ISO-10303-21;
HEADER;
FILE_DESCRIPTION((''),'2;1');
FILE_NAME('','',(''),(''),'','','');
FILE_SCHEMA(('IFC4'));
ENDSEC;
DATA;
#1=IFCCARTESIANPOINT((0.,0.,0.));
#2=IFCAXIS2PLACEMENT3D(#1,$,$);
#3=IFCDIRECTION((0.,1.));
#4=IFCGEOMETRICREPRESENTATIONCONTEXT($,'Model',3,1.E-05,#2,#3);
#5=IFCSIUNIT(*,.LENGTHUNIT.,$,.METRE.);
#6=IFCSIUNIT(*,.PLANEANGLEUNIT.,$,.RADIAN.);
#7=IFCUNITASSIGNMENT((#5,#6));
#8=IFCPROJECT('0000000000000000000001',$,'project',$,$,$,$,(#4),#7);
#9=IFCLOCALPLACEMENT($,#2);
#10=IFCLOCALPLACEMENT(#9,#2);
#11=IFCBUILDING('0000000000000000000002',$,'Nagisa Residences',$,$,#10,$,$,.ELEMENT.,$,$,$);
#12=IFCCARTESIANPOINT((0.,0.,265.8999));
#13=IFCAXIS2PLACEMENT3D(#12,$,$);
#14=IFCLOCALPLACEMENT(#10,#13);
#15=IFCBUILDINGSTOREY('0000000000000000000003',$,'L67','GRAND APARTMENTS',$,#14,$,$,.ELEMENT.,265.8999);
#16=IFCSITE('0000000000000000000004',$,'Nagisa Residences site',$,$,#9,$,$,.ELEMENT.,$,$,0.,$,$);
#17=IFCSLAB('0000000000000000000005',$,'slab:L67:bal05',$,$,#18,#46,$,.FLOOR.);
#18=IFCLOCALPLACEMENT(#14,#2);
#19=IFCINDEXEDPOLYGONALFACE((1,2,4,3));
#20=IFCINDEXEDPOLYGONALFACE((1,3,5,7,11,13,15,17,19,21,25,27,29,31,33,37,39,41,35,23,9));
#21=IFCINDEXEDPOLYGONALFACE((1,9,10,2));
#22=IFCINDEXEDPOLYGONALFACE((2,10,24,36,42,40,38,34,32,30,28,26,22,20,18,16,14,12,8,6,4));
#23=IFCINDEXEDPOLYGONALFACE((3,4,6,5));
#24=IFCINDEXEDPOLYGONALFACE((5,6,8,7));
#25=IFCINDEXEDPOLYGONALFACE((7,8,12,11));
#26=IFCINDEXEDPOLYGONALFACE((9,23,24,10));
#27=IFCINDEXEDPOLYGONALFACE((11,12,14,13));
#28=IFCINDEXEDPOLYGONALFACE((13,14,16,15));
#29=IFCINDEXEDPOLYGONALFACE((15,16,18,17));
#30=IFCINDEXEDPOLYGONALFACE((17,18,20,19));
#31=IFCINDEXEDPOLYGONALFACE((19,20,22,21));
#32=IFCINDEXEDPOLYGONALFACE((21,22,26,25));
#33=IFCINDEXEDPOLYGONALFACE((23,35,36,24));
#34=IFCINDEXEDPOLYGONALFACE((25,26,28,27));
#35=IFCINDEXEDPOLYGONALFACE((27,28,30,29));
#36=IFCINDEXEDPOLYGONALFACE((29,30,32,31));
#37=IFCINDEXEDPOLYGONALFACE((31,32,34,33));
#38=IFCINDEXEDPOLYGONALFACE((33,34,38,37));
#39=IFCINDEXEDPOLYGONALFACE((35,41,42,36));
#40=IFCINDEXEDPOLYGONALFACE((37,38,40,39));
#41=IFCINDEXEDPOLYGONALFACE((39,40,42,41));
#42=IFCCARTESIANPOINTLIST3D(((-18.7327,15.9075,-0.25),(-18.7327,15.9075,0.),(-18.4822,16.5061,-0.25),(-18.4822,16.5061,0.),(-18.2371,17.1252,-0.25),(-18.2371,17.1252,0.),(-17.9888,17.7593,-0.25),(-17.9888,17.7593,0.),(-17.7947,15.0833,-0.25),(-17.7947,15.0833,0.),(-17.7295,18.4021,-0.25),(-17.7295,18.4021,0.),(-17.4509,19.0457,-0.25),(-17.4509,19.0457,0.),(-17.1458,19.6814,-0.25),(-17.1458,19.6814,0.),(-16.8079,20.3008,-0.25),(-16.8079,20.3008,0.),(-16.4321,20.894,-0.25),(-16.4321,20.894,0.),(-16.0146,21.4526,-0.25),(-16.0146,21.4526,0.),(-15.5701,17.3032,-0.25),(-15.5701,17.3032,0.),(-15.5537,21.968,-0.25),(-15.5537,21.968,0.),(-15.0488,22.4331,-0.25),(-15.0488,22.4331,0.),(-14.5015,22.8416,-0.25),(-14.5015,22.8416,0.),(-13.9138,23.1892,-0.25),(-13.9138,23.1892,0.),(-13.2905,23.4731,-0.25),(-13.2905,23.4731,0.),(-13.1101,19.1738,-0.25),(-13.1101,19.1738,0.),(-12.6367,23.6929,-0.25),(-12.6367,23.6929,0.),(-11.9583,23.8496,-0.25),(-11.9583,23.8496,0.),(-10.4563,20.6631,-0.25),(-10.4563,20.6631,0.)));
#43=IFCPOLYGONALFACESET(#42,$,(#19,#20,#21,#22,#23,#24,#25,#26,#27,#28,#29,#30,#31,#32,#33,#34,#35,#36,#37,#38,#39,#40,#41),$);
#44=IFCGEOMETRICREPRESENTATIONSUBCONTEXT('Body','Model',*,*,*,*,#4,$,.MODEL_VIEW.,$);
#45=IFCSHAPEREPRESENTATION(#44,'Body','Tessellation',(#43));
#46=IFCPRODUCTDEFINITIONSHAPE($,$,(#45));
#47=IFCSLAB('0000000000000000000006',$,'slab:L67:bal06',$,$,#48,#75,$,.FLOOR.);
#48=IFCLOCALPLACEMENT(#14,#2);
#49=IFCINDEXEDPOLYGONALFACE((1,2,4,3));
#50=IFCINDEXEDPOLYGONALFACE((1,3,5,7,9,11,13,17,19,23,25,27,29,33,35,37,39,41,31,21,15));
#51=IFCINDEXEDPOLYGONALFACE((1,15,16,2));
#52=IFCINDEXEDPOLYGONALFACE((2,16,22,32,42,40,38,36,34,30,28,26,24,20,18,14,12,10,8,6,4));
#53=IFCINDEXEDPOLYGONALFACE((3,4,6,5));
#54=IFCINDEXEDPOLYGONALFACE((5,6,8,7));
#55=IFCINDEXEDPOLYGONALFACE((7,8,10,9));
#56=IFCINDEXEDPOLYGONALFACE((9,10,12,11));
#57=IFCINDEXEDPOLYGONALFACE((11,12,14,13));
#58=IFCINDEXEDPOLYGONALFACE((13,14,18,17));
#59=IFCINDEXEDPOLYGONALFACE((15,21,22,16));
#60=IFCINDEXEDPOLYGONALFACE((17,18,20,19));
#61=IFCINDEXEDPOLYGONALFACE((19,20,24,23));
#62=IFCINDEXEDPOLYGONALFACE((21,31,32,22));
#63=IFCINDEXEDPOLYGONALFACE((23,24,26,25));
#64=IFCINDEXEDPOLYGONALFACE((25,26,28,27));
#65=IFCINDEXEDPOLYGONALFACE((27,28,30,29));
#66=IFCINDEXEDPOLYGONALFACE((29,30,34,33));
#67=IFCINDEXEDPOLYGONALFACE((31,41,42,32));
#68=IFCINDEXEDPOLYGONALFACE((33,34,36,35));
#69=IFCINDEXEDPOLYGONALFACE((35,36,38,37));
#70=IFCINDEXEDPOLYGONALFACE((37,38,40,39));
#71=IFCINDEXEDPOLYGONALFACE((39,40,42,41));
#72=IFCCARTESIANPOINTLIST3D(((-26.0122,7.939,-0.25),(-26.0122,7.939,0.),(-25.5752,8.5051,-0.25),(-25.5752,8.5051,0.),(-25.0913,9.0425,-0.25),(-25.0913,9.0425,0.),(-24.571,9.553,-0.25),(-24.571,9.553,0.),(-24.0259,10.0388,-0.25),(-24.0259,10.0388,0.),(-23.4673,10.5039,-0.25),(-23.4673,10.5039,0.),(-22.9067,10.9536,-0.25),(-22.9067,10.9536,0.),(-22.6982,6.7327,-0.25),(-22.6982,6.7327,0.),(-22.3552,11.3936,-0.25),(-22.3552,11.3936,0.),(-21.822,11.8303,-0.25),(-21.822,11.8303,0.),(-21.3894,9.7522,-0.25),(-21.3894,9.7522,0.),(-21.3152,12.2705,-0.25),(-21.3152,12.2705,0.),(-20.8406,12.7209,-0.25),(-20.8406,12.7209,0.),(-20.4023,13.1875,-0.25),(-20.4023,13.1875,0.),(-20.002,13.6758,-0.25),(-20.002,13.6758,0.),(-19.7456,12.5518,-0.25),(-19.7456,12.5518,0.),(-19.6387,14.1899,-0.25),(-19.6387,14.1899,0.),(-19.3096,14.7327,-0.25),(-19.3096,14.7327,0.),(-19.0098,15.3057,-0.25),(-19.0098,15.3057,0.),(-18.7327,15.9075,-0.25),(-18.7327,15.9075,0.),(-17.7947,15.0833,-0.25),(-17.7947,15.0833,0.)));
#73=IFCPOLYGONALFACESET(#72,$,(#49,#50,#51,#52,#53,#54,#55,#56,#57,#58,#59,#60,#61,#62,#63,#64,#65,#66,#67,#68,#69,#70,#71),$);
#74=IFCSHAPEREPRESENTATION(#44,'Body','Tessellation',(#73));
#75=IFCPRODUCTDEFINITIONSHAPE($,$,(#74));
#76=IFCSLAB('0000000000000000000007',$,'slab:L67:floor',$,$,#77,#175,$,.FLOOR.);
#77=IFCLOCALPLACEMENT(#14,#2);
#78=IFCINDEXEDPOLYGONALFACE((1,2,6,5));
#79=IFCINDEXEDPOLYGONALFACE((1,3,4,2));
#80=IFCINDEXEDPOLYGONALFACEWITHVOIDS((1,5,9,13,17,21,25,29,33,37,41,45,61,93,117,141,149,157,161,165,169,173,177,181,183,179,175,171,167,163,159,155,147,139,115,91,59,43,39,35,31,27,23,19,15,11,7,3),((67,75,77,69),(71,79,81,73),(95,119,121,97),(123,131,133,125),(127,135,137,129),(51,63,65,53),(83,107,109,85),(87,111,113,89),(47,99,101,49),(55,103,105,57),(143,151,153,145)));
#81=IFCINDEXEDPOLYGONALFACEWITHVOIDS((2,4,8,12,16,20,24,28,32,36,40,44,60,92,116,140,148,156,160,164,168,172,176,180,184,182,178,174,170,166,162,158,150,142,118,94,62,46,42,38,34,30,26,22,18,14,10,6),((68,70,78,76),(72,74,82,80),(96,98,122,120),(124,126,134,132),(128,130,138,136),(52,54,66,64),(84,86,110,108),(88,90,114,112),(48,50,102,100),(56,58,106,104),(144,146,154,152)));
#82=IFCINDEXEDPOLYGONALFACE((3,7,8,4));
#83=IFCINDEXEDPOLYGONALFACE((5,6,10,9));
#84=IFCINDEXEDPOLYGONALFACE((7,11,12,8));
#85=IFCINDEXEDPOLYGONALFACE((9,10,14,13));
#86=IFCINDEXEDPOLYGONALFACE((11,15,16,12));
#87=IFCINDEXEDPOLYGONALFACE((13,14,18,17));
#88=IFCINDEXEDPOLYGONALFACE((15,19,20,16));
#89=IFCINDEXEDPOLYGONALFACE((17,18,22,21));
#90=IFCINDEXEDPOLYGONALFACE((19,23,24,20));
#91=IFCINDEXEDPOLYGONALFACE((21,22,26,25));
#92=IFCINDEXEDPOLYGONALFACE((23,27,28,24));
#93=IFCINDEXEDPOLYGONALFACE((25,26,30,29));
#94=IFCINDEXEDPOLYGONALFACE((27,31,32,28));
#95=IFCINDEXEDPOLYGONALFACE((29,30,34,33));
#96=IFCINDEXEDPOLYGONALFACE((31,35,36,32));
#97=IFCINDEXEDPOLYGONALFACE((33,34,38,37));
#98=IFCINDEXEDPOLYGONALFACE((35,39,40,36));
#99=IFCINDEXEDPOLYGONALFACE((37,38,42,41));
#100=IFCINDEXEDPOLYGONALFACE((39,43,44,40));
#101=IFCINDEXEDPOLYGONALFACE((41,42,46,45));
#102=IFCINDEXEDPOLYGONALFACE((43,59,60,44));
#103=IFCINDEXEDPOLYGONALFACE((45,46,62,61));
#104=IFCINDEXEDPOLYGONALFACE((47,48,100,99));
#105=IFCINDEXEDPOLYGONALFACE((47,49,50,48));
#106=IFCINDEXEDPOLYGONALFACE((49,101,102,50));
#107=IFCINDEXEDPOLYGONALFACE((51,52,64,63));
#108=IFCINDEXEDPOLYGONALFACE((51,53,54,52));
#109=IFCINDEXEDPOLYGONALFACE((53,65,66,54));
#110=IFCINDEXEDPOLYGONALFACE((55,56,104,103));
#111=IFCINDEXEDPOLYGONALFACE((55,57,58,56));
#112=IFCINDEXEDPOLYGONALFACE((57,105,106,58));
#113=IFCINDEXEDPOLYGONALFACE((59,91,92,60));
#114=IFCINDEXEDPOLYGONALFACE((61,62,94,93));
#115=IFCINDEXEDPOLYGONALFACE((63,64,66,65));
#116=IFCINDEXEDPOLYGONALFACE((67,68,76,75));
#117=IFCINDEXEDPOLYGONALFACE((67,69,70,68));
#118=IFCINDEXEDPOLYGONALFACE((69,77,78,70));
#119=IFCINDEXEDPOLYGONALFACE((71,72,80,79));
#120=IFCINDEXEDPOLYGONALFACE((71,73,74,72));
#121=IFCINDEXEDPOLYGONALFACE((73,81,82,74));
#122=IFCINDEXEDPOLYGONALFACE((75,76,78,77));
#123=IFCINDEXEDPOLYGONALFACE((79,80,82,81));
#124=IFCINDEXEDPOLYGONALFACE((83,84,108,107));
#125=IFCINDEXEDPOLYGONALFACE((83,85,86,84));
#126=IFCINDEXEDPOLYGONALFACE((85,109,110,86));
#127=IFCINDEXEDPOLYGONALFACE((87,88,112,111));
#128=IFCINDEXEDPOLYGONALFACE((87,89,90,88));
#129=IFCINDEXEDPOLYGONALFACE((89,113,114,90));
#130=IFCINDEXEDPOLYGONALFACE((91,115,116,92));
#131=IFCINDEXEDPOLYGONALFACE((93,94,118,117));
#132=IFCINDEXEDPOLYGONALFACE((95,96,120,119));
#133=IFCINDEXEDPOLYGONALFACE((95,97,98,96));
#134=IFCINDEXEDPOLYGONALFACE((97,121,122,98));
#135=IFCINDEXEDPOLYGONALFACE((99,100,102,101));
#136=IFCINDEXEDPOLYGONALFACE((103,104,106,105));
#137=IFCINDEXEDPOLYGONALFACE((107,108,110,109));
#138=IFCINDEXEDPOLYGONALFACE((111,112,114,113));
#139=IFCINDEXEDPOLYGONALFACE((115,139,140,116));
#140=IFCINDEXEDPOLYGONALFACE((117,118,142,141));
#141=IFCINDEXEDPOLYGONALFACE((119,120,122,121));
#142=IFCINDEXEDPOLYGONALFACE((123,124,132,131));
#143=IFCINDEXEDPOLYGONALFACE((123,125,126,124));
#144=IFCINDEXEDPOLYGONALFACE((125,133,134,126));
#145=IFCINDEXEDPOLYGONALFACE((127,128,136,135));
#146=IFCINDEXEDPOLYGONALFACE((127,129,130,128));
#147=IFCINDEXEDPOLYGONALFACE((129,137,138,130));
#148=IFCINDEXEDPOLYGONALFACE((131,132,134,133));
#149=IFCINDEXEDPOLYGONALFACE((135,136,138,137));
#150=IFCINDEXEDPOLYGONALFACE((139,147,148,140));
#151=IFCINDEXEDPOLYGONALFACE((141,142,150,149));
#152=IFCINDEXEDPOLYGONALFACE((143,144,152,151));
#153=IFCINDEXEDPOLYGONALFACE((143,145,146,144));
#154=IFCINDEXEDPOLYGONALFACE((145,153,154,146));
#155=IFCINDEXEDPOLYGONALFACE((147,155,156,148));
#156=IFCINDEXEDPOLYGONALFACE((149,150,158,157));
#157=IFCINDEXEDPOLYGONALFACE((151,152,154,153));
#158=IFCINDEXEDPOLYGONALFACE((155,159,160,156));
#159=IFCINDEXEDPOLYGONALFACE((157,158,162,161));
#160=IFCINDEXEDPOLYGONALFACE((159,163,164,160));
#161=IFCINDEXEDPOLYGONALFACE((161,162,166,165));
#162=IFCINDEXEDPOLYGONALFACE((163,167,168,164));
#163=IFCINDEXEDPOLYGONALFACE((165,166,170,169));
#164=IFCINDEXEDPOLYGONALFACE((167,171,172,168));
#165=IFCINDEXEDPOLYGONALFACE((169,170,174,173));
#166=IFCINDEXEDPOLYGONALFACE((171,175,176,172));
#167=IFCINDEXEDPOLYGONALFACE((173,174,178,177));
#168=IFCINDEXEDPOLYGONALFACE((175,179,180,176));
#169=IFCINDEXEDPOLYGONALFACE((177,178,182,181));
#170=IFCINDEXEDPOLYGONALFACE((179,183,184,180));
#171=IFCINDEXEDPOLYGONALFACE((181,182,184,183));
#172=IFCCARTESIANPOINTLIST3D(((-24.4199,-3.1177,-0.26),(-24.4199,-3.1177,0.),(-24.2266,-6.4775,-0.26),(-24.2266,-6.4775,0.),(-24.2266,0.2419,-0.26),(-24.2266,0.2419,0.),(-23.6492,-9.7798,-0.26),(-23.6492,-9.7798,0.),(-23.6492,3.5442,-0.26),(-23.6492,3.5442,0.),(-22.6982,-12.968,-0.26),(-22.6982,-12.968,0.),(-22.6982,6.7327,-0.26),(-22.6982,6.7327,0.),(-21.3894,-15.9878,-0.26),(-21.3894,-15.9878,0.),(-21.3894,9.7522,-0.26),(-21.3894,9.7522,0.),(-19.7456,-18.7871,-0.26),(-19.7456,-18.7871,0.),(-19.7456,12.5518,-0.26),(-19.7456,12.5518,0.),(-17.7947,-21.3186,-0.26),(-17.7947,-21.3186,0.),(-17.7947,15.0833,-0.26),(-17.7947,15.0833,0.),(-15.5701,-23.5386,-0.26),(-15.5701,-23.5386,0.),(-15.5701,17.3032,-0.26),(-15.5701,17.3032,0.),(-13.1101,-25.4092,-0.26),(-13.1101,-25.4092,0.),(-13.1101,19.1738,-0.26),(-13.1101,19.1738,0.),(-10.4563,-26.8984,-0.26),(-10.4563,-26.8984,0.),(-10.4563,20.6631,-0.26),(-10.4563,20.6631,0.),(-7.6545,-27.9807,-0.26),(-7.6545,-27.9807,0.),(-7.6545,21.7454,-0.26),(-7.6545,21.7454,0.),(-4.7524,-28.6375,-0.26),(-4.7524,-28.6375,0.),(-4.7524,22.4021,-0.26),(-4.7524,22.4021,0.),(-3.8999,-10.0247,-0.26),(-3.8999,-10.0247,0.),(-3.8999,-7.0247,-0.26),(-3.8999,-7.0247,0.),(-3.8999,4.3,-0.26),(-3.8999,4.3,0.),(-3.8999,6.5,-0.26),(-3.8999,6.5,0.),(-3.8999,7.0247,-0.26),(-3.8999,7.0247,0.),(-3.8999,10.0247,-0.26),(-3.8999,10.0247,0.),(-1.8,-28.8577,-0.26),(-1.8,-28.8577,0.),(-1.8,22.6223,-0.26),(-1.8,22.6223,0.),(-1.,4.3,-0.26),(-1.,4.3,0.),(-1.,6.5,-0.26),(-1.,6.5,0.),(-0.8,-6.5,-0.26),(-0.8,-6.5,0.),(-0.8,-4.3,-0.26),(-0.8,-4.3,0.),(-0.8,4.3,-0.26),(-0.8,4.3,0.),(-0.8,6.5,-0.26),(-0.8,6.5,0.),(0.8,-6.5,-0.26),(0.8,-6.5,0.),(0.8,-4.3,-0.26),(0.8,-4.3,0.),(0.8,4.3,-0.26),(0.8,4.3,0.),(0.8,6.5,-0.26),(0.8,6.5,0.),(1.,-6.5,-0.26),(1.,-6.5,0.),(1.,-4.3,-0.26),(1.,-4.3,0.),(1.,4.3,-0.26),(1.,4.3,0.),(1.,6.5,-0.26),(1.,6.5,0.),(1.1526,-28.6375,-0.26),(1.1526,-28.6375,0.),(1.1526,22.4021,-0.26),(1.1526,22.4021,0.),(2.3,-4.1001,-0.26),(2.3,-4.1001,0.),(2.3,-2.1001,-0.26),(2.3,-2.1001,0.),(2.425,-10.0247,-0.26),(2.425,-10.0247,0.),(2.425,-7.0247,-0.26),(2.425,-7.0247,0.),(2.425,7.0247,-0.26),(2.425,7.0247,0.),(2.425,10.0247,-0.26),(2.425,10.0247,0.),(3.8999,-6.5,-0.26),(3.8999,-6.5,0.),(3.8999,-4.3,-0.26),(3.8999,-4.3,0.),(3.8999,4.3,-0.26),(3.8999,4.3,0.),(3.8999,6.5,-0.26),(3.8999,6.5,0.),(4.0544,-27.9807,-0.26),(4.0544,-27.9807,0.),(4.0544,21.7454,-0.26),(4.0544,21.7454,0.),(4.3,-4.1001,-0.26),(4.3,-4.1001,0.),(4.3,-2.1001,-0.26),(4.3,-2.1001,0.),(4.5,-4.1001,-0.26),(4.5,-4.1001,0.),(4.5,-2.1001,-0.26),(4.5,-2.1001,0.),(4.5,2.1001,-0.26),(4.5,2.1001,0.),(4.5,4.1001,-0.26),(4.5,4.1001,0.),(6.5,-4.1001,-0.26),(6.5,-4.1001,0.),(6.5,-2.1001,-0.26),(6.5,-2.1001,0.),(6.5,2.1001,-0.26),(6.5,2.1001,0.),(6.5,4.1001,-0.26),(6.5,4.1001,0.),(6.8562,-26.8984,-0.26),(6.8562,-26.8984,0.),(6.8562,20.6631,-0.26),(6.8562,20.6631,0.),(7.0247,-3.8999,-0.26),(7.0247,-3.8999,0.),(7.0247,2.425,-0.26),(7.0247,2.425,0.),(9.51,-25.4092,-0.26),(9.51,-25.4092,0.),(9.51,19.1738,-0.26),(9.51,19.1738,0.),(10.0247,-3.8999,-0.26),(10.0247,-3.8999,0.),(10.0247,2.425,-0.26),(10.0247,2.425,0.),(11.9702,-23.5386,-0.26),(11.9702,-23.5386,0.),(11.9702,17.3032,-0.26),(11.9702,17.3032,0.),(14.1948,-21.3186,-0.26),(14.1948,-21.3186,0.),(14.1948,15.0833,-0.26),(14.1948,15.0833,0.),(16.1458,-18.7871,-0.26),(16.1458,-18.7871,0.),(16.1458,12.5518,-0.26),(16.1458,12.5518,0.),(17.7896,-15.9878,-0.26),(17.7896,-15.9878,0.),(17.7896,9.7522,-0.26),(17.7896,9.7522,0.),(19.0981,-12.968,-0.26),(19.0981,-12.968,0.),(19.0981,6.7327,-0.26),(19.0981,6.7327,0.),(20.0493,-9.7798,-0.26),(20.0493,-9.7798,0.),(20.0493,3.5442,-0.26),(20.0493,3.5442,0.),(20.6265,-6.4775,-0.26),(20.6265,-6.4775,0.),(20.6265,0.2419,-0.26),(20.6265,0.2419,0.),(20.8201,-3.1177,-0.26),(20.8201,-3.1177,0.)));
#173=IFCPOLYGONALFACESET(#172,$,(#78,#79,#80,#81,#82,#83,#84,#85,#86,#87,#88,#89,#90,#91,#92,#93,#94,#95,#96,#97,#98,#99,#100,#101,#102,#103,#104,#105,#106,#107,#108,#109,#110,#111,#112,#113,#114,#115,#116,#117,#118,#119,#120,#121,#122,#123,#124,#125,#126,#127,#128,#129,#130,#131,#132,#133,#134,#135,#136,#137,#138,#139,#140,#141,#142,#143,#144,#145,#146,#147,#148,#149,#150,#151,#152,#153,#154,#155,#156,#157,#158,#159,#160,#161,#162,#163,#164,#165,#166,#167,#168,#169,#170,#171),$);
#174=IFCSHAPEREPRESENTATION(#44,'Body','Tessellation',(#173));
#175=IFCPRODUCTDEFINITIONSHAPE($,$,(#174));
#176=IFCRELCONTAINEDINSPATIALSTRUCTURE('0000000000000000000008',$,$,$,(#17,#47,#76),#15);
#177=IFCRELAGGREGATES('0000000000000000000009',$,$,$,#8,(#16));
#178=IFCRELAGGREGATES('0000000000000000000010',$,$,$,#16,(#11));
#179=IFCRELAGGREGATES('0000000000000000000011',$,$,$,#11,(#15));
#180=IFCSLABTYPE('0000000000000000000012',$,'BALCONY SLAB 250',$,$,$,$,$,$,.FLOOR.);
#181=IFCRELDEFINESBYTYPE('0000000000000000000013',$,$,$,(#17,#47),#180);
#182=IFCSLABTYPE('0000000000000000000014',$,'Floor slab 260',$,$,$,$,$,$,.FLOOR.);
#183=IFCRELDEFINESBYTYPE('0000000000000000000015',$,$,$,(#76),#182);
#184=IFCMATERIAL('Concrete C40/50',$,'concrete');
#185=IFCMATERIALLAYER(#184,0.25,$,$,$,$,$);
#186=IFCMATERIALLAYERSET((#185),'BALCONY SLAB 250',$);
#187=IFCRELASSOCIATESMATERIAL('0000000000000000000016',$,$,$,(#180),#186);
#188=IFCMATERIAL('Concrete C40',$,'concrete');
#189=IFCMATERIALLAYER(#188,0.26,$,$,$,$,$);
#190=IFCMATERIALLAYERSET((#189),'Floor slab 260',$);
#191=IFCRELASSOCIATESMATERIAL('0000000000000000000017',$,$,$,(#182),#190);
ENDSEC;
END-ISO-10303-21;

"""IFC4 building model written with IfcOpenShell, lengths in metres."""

from ifc_helpers import new_model, si_unit, direction, frame, origin, place, context, subcontext, project, spatial, polyline, outline, extrude, material, layer, layer_set, type_object, element, save


model = new_model("IFC4")

# Units and contexts
model_context = context("Model", 3, precision=1e-05, world=origin(), true_north=direction((0.0, 1.0)))
body_context = subcontext(model_context, "Body", "Model", "MODEL_VIEW")
ifc_project = project(units=[si_unit("LENGTHUNIT", "METRE"), si_unit("PLANEANGLEUNIT", "RADIAN")], contexts=[model_context])

# Site, building, storey
site_placement = place(None, origin())
site = spatial("IfcSite", under=ifc_project, at=site_placement, Name="Nagisa Residences site", CompositionType="ELEMENT", RefElevation=0.0)
building_placement = place(site_placement, origin())
building = spatial("IfcBuilding", under=site, at=building_placement, Name="Nagisa Residences", CompositionType="ELEMENT")
storey_placement = place(building_placement, frame((0.0, 0.0, 265.8999)))
storey = spatial("IfcBuildingStorey", under=building, at=storey_placement, Name="L67", Description="GRAND APARTMENTS", CompositionType="ELEMENT", Elevation=265.8999)

# Slabs
ifc_material_1 = material(Name="Concrete C40/50", Category="concrete")
ifc_layer_1 = layer(ifc_material_1, 0.25)
ifc_layer_set_1 = layer_set([ifc_layer_1], Name="BALCONY SLAB 250")
slab_type_1 = type_object("IfcSlabType", Name="BALCONY SLAB 250", PredefinedType="FLOOR", material=ifc_layer_set_1)
slab_1_placement = place(storey_placement, frame((0.0, 0.0, -0.25)))
element("IfcSlab", 1, at=slab_1_placement, inside=storey, type_object=slab_type_1, Name="slab:L67:bal05", PredefinedType="FLOOR", context=body_context, shape_type="SweptSolid", body=[
    extrude(outline(polyline([(-11.9583, 23.8496), (-12.6367, 23.6929), (-13.2905, 23.4731), (-13.9138, 23.1892), (-14.5015, 22.8416), (-15.0488, 22.4331), (-15.5537, 21.968), (-16.0146, 21.4526), (-16.4321, 20.894), (-16.8079, 20.3008), (-17.1458, 19.6814), (-17.4509, 19.0457), (-17.7295, 18.4021), (-17.9888, 17.7593), (-18.2371, 17.1252), (-18.4822, 16.5061), (-18.7327, 15.9075), (-17.7947, 15.0833), (-15.5701, 17.3032), (-13.1101, 19.1738), (-10.4563, 20.6631), (-11.9583, 23.8496)])), origin(), (0.0, 0.0, 1.0), 0.25),
])
slab_2_placement = place(storey_placement, frame((0.0, 0.0, -0.25)))
element("IfcSlab", 2, at=slab_2_placement, inside=storey, type_object=slab_type_1, Name="slab:L67:bal06", PredefinedType="FLOOR", context=body_context, shape_type="SweptSolid", body=[
    extrude(outline(polyline([(-18.7327, 15.9075), (-19.0098, 15.3057), (-19.3096, 14.7327), (-19.6387, 14.1899), (-20.002, 13.6758), (-20.4023, 13.1875), (-20.8406, 12.7209), (-21.3152, 12.2705), (-21.822, 11.8303), (-22.3552, 11.3936), (-22.9067, 10.9536), (-23.4673, 10.5039), (-24.0259, 10.0388), (-24.571, 9.553), (-25.0913, 9.0425), (-25.5752, 8.5051), (-26.0122, 7.939), (-22.6982, 6.7327), (-21.3894, 9.7522), (-19.7456, 12.5518), (-17.7947, 15.0833), (-18.7327, 15.9075)])), origin(), (0.0, 0.0, 1.0), 0.25),
])
ifc_material_2 = material(Name="Concrete C40", Category="concrete")
ifc_layer_2 = layer(ifc_material_2, 0.26)
ifc_layer_set_2 = layer_set([ifc_layer_2], Name="Floor slab 260")
slab_type_2 = type_object("IfcSlabType", Name="Floor slab 260", PredefinedType="FLOOR", material=ifc_layer_set_2)
slab_3_placement = place(storey_placement, frame((0.0, 0.0, -0.26)))
element("IfcSlab", 3, at=slab_3_placement, inside=storey, type_object=slab_type_2, Name="slab:L67:floor", PredefinedType="FLOOR", context=body_context, shape_type="SweptSolid", body=[
    extrude(outline(polyline([(20.8201, -3.1177), (20.6265, 0.2419), (20.0493, 3.5442), (19.0981, 6.7327), (17.7896, 9.7522), (16.1458, 12.5518), (14.1948, 15.0833), (11.9702, 17.3032), (9.51, 19.1738), (6.8562, 20.6631), (4.0544, 21.7454), (1.1526, 22.4021), (-1.8, 22.6223), (-4.7524, 22.4021), (-7.6545, 21.7454), (-10.4563, 20.6631), (-13.1101, 19.1738), (-15.5701, 17.3032), (-17.7947, 15.0833), (-19.7456, 12.5518), (-21.3894, 9.7522), (-22.6982, 6.7327), (-23.6492, 3.5442), (-24.2266, 0.2419), (-24.4199, -3.1177), (-24.2266, -6.4775), (-23.6492, -9.7798), (-22.6982, -12.968), (-21.3894, -15.9878), (-19.7456, -18.7871), (-17.7947, -21.3186), (-15.5701, -23.5386), (-13.1101, -25.4092), (-10.4563, -26.8984), (-7.6545, -27.9807), (-4.7524, -28.6375), (-1.8, -28.8577), (1.1526, -28.6375), (4.0544, -27.9807), (6.8562, -26.8984), (9.51, -25.4092), (11.9702, -23.5386), (14.1948, -21.3186), (16.1458, -18.7871), (17.7896, -15.9878), (19.0981, -12.968), (20.0493, -9.7798), (20.6265, -6.4775), (20.8201, -3.1177)]), holes=[polyline([(6.5, 2.1001), (6.5, 4.1001), (4.5, 4.1001), (4.5, 2.1001), (6.5, 2.1001)]), polyline([(4.3, -4.1001), (4.3, -2.1001), (2.3, -2.1001), (2.3, -4.1001), (4.3, -4.1001)]), polyline([(6.5, -4.1001), (6.5, -2.1001), (4.5, -2.1001), (4.5, -4.1001), (6.5, -4.1001)]), polyline([(3.8999, 4.3), (3.8999, 6.5), (1.0, 6.5), (1.0, 4.3), (3.8999, 4.3)]), polyline([(3.8999, -6.5), (3.8999, -4.3), (1.0, -4.3), (1.0, -6.5), (3.8999, -6.5)]), polyline([(-1.0, 4.3), (-1.0, 6.5), (-3.8999, 6.5), (-3.8999, 4.3), (-1.0, 4.3)]), polyline([(0.8, 4.3), (0.8, 6.5), (-0.8, 6.5), (-0.8, 4.3), (0.8, 4.3)]), polyline([(0.8, -6.5), (0.8, -4.3), (-0.8, -4.3), (-0.8, -6.5), (0.8, -6.5)]), polyline([(10.0247, -3.8999), (7.0247, -3.8999), (7.0247, 2.425), (10.0247, 2.425), (10.0247, -3.8999)]), polyline([(-3.8999, 7.0247), (-3.8999, 10.0247), (2.425, 10.0247), (2.425, 7.0247), (-3.8999, 7.0247)]), polyline([(-3.8999, -10.0247), (-3.8999, -7.0247), (2.425, -7.0247), (2.425, -10.0247), (-3.8999, -10.0247)])]), origin(), (0.0, 0.0, 1.0), 0.26),
])

save(model, "model.ifc")
